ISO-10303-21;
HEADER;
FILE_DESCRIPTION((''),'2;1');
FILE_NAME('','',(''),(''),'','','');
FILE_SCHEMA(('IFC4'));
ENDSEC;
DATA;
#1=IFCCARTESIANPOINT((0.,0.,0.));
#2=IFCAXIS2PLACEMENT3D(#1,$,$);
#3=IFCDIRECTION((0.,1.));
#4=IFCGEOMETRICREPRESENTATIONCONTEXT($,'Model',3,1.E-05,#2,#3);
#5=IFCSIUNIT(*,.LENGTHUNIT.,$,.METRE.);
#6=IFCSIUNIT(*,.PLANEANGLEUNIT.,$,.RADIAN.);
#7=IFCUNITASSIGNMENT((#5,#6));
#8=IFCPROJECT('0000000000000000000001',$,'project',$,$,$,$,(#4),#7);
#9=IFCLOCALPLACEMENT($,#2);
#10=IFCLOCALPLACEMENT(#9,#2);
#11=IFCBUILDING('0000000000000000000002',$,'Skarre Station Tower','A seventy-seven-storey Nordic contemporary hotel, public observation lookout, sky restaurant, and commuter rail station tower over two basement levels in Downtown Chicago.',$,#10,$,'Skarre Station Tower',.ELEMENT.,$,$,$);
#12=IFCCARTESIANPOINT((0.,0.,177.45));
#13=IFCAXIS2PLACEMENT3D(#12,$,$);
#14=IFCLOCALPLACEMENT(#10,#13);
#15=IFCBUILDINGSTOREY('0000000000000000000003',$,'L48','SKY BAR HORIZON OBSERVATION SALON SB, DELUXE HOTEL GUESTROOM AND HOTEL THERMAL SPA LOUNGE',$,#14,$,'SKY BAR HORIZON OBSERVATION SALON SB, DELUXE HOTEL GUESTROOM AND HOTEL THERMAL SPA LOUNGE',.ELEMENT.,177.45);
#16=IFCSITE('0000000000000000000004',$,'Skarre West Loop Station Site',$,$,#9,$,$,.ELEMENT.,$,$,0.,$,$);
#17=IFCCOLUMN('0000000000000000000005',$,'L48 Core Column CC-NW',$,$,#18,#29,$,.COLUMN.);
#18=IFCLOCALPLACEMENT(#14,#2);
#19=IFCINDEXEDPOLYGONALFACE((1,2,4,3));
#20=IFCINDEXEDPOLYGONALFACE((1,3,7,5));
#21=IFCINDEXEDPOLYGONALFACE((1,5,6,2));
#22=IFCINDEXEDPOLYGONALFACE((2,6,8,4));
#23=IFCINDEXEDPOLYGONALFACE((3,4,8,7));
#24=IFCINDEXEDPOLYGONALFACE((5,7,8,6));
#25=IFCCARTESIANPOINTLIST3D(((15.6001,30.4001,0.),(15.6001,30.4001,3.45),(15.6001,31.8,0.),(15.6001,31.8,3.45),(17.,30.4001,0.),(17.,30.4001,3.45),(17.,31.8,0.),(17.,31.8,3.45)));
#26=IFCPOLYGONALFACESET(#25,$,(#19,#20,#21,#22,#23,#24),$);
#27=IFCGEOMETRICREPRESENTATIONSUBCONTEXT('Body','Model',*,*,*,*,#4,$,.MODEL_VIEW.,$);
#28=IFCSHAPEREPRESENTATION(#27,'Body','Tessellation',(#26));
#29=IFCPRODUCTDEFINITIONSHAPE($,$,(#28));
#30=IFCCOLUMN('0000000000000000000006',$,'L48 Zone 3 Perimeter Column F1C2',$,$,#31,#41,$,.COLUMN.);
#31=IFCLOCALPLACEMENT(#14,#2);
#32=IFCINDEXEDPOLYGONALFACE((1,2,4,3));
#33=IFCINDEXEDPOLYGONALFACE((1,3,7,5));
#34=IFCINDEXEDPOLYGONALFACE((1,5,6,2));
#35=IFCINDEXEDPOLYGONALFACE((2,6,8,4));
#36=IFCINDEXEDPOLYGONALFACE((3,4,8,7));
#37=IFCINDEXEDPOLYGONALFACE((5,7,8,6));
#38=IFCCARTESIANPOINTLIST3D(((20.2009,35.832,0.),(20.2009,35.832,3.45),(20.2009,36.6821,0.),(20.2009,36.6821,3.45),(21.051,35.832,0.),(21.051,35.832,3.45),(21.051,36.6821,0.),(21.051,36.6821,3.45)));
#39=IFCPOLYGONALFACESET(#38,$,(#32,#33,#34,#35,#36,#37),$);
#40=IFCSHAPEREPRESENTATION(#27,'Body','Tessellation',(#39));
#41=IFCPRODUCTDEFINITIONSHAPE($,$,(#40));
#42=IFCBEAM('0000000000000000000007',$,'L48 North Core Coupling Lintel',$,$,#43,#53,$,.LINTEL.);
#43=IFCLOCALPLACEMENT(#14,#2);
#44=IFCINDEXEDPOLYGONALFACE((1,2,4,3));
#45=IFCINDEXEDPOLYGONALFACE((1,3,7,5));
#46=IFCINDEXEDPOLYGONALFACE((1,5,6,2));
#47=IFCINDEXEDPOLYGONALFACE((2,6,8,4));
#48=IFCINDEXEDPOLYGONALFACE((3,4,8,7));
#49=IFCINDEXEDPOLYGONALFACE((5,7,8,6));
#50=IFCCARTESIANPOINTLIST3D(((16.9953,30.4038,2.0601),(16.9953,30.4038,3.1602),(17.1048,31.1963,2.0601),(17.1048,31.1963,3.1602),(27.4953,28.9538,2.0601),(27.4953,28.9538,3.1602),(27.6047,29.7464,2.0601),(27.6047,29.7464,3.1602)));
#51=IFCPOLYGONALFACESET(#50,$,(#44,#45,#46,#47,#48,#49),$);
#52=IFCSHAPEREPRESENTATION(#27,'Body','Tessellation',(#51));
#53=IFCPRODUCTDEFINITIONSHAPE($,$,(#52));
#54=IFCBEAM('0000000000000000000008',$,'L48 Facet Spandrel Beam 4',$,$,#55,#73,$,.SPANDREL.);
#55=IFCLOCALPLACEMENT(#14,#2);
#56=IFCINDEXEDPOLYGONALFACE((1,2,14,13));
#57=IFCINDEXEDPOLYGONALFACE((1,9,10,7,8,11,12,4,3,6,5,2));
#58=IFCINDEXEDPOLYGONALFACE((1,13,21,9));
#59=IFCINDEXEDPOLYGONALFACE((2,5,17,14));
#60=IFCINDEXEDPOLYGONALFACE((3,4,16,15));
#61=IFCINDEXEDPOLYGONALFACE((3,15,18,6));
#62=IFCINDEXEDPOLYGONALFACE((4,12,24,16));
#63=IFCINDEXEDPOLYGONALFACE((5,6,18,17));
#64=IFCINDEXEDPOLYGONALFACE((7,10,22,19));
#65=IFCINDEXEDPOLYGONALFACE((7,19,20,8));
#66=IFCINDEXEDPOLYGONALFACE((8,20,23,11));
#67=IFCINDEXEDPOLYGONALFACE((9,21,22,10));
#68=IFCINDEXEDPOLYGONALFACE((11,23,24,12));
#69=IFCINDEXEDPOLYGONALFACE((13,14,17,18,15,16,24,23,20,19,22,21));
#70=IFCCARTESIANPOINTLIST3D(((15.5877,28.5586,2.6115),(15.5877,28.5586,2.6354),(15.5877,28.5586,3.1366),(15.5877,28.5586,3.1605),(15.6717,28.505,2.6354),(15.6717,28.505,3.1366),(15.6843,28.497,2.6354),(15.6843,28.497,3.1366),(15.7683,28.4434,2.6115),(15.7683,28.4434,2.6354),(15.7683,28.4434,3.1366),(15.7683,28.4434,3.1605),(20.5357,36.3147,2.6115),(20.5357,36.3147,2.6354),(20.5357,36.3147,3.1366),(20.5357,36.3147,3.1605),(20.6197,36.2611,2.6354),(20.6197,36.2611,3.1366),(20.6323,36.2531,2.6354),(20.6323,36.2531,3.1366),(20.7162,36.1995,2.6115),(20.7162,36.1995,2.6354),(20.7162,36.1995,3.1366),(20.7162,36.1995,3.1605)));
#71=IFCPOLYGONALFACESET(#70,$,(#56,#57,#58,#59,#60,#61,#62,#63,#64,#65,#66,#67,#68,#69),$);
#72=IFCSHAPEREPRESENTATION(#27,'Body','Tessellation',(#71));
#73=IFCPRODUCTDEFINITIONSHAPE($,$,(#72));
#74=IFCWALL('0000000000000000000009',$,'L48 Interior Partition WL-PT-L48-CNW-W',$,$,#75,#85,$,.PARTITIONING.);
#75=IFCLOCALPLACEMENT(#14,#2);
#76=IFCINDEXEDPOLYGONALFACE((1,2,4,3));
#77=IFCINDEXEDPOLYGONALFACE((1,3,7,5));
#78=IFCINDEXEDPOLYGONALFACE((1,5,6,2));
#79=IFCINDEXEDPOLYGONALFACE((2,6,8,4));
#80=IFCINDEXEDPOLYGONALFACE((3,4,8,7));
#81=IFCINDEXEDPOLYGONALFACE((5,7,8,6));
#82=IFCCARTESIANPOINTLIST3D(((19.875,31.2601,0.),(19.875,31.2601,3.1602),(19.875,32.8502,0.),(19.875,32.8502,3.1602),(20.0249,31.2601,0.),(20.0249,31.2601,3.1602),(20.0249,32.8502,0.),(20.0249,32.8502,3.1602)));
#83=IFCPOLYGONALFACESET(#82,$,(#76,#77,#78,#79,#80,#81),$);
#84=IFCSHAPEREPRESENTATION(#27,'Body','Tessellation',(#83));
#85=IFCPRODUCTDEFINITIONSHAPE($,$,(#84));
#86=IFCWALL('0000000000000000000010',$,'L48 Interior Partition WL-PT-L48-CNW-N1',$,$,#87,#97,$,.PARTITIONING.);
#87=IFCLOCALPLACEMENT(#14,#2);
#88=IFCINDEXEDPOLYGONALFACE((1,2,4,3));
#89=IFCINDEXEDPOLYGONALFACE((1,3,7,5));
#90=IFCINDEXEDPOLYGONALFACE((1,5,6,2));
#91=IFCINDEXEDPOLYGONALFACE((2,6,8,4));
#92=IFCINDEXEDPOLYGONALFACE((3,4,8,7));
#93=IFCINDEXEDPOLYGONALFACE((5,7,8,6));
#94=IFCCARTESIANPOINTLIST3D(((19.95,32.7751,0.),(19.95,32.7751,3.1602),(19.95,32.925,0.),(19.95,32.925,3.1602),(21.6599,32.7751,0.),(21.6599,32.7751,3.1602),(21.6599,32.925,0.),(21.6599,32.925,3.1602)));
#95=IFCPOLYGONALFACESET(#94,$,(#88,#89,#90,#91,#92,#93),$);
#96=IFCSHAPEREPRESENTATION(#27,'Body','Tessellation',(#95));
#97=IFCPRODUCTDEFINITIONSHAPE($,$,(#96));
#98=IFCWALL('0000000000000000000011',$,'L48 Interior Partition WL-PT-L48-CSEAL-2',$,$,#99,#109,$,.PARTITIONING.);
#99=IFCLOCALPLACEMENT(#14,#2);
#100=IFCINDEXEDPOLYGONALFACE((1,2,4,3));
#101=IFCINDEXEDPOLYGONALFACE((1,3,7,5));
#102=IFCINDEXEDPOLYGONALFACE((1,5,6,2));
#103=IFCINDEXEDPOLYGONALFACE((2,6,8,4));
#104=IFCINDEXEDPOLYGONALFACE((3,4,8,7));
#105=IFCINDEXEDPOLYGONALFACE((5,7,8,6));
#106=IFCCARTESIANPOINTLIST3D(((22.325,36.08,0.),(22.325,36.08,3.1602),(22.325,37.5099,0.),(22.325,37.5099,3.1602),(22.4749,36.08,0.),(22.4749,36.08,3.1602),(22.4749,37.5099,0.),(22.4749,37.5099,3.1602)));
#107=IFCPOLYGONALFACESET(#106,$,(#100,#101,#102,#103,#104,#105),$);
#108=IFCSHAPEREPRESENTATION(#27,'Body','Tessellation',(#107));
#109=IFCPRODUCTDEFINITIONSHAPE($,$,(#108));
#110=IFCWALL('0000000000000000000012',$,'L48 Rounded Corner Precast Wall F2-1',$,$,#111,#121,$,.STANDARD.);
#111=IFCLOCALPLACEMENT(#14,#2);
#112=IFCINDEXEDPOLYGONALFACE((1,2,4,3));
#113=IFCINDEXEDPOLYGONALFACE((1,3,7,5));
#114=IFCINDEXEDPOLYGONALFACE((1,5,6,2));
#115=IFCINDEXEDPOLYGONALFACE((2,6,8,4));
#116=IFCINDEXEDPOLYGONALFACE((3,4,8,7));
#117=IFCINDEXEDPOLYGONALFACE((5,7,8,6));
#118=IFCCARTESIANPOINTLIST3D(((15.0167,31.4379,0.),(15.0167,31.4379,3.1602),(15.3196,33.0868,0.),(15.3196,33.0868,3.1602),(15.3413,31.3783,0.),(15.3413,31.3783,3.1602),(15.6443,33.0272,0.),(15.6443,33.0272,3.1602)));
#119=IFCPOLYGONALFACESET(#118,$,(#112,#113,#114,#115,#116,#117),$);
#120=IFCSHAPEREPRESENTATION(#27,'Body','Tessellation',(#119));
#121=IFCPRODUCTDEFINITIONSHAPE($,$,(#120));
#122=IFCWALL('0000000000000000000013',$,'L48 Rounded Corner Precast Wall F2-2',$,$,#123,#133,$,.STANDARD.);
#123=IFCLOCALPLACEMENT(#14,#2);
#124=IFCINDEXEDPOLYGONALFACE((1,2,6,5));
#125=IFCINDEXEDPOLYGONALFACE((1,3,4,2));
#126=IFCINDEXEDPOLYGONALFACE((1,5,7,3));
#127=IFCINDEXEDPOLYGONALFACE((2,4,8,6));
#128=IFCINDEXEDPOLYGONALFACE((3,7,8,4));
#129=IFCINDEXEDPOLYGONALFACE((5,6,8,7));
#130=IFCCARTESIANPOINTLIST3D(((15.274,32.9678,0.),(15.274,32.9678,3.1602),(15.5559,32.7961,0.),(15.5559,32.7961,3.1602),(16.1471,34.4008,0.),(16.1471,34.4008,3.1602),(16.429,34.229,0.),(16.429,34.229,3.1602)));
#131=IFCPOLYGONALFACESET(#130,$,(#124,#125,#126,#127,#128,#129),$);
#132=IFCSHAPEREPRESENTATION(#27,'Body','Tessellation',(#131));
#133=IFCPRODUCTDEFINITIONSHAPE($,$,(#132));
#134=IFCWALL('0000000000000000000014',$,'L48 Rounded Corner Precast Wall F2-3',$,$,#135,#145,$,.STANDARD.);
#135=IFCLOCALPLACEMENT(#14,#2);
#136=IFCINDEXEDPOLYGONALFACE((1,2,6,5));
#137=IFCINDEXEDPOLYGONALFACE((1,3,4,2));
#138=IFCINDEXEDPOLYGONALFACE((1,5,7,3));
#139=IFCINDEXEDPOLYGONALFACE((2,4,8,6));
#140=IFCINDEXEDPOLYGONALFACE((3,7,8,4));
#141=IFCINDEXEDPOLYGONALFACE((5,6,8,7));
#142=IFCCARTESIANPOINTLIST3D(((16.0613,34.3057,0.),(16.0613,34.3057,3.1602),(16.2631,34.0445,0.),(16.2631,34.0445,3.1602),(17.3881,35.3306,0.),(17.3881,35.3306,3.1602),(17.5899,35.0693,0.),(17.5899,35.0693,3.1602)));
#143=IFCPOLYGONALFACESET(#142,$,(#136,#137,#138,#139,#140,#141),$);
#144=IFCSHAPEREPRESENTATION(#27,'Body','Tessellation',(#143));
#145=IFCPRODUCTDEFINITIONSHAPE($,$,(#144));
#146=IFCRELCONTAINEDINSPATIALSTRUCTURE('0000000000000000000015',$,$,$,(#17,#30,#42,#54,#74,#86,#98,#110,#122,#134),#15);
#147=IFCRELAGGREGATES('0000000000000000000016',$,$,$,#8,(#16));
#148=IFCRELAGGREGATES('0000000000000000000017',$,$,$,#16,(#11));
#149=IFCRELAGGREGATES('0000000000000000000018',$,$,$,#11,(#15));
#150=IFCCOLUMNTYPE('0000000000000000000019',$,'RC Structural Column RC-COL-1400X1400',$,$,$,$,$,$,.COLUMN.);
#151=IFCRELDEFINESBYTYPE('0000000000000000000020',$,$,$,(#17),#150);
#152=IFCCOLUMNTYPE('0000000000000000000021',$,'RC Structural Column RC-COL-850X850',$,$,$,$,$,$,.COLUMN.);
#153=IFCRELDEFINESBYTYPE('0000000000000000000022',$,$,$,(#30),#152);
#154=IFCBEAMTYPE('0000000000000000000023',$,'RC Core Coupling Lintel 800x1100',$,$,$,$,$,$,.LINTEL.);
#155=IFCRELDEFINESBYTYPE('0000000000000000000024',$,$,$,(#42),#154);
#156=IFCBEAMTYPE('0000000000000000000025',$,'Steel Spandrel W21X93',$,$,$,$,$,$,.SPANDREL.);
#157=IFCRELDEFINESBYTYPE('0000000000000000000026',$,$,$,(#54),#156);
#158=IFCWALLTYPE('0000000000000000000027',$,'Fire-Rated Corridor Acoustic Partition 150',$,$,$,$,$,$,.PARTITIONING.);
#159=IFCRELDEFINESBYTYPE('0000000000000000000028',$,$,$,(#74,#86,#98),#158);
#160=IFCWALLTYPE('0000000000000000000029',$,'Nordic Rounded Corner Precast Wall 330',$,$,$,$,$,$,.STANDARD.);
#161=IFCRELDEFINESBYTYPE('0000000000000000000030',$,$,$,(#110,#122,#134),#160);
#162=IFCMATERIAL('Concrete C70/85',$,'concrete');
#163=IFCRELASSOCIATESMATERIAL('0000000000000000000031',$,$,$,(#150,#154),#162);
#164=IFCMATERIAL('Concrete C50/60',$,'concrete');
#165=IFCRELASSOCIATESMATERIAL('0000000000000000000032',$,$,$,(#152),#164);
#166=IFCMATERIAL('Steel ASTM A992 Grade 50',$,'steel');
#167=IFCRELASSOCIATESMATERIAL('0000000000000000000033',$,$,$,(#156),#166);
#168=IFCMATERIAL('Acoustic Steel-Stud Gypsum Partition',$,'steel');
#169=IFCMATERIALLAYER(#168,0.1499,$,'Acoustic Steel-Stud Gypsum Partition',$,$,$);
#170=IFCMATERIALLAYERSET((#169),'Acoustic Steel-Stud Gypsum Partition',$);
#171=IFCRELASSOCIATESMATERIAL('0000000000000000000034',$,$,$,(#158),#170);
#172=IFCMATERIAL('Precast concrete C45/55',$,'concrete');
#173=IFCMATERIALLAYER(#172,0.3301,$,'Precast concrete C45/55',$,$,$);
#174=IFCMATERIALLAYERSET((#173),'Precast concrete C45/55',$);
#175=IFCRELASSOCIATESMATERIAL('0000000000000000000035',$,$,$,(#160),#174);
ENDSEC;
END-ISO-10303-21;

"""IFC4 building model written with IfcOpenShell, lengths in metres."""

from ifc_helpers import new_model, si_unit, direction, frame, frame_2d, origin, origin_2d, place, context, subcontext, project, spatial, rectangle, i_section, extrude, material, layer, layer_set, material_profile, profile_set, type_object, element, save


model = new_model("IFC4")

# Units and contexts
model_context = context("Model", 3, precision=1e-05, world=origin(), true_north=direction((0.0, 1.0)))
body_context = subcontext(model_context, "Body", "Model", "MODEL_VIEW")
ifc_project = project(units=[si_unit("LENGTHUNIT", "METRE"), si_unit("PLANEANGLEUNIT", "RADIAN")], contexts=[model_context])

# Site, building, storey
site_placement = place(None, origin())
site = spatial("IfcSite", under=ifc_project, at=site_placement, Name="Skarre West Loop Station Site", CompositionType="ELEMENT", RefElevation=0.0)
building_placement = place(site_placement, origin())
building = spatial("IfcBuilding", under=site, at=building_placement, Name="Skarre Station Tower", Description="A seventy-seven-storey Nordic contemporary hotel, public observation lookout, sky restaurant, and commuter rail station tower over two basement levels in Downtown Chicago.", LongName="Skarre Station Tower", CompositionType="ELEMENT")
storey_placement = place(building_placement, frame((0.0, 0.0, 177.45)))
storey = spatial("IfcBuildingStorey", under=building, at=storey_placement, Name="L48", Description="SKY BAR HORIZON OBSERVATION SALON SB, DELUXE HOTEL GUESTROOM AND HOTEL THERMAL SPA LOUNGE", LongName="SKY BAR HORIZON OBSERVATION SALON SB, DELUXE HOTEL GUESTROOM AND HOTEL THERMAL SPA LOUNGE", CompositionType="ELEMENT", Elevation=177.45)

# Columns
ifc_material_1 = material(Name="Concrete C70/85", Category="concrete")
ifc_material_profile_1 = material_profile(ifc_material_1, rectangle(XDim=1.3999, YDim=1.3999, at=origin_2d()), Name="Concrete C70/85")
ifc_profile_set_1 = profile_set([ifc_material_profile_1], Name="Concrete C70/85")
column_type_1 = type_object("IfcColumnType", Name="RC Structural Column RC-COL-1400X1400", PredefinedType="COLUMN", material=ifc_profile_set_1)
column_1_placement = place(storey_placement, frame((16.3, 31.1001, 0.0), z_axis=(0.0, 0.0, 1.0), x_axis=(1.0, 0.0, 0.0)))
element("IfcColumn", 1, at=column_1_placement, inside=storey, type_object=column_type_1, Name="L48 Core Column CC-NW", PredefinedType="COLUMN", context=body_context, shape_type="SweptSolid", body=[
    extrude(rectangle(XDim=1.3999, YDim=1.3999, at=origin_2d()), origin(), (0.0, 0.0, 1.0), 3.45),
])
ifc_material_2 = material(Name="Concrete C50/60", Category="concrete")
ifc_material_profile_2 = material_profile(ifc_material_2, rectangle(XDim=0.8501, YDim=0.8501, at=origin_2d()), Name="Concrete C50/60")
ifc_profile_set_2 = profile_set([ifc_material_profile_2], Name="Concrete C50/60")
column_type_2 = type_object("IfcColumnType", Name="RC Structural Column RC-COL-850X850", PredefinedType="COLUMN", material=ifc_profile_set_2)
column_2_placement = place(storey_placement, frame((20.626, 36.2571, 0.0), z_axis=(0.0, 0.0, 1.0), x_axis=(1.0, 0.0, 0.0)))
element("IfcColumn", 2, at=column_2_placement, inside=storey, type_object=column_type_2, Name="L48 Zone 3 Perimeter Column F1C2", PredefinedType="COLUMN", context=body_context, shape_type="SweptSolid", body=[
    extrude(rectangle(XDim=0.8501, YDim=0.8501, at=origin_2d()), origin(), (0.0, 0.0, 1.0), 3.45),
])

# Beams
ifc_material_profile_3 = material_profile(ifc_material_1, rectangle(XDim=0.8, YDim=1.1001, at=origin_2d()), Name="Concrete C70/85")
ifc_profile_set_3 = profile_set([ifc_material_profile_3], Name="Concrete C70/85")
beam_type_1 = type_object("IfcBeamType", Name="RC Core Coupling Lintel 800x1100", PredefinedType="LINTEL", material=ifc_profile_set_3)
beam_1_placement = place(storey_placement, frame((17.05, 30.8, 2.6101), z_axis=(0.9906, -0.136792, 0.0), x_axis=(0.136792, 0.9906, 0.0)))
element("IfcBeam", 3, at=beam_1_placement, inside=storey, type_object=beam_type_1, Name="L48 North Core Coupling Lintel", PredefinedType="LINTEL", context=body_context, shape_type="SweptSolid", body=[
    extrude(rectangle(XDim=0.8, YDim=1.1001, at=origin_2d()), origin(), (0.0, 0.0, 1.0), 10.5996),
])
ifc_material_3 = material(Name="Steel ASTM A992 Grade 50", Category="steel")
ifc_material_profile_4 = material_profile(ifc_material_3, i_section(OverallWidth=0.2141, OverallDepth=0.5491, WebThickness=0.0149, FlangeThickness=0.0239, at=origin_2d()), Name="Steel ASTM A992 Grade 50")
ifc_profile_set_4 = profile_set([ifc_material_profile_4], Name="Steel ASTM A992 Grade 50")
beam_type_2 = type_object("IfcBeamType", Name="Steel Spandrel W21X93", PredefinedType="SPANDREL", material=ifc_profile_set_4)
beam_2_placement = place(storey_placement, frame((20.626, 36.2571, 2.886), z_axis=(-0.537826, -0.843056, 0.0), x_axis=(0.843056, -0.537826, 0.0)))
element("IfcBeam", 4, at=beam_2_placement, inside=storey, type_object=beam_type_2, Name="L48 Facet Spandrel Beam 4", PredefinedType="SPANDREL", context=body_context, shape_type="SweptSolid", body=[
    extrude(i_section(OverallWidth=0.2141, OverallDepth=0.5491, WebThickness=0.0149, FlangeThickness=0.0239, at=origin_2d()), origin(), (0.0, 0.0, 1.0), 9.2),
])

# Walls
ifc_material_4 = material(Name="Acoustic Steel-Stud Gypsum Partition", Category="steel")
ifc_layer_1 = layer(ifc_material_4, 0.1499, Name="Acoustic Steel-Stud Gypsum Partition")
ifc_layer_set_1 = layer_set([ifc_layer_1], Name="Acoustic Steel-Stud Gypsum Partition")
wall_type_1 = type_object("IfcWallType", Name="Fire-Rated Corridor Acoustic Partition 150", PredefinedType="PARTITIONING", material=ifc_layer_set_1)
wall_1_placement = place(storey_placement, frame((19.95, 32.8501, 0.0), z_axis=(0.0, 0.0, 1.0), x_axis=(0.0, -1.0, 0.0)))
element("IfcWall", 5, at=wall_1_placement, inside=storey, type_object=wall_type_1, Name="L48 Interior Partition WL-PT-L48-CNW-W", PredefinedType="PARTITIONING", context=body_context, shape_type="SweptSolid", body=[
    extrude(rectangle(XDim=1.5901, YDim=0.1499, at=frame_2d((0.7949, 0.0))), origin(), (0.0, 0.0, 1.0), 3.1602),
])
wall_2_placement = place(storey_placement, frame((21.6599, 32.8501, 0.0), z_axis=(0.0, 0.0, 1.0), x_axis=(-1.0, 0.0, 0.0)))
element("IfcWall", 6, at=wall_2_placement, inside=storey, type_object=wall_type_1, Name="L48 Interior Partition WL-PT-L48-CNW-N1", PredefinedType="PARTITIONING", context=body_context, shape_type="SweptSolid", body=[
    extrude(rectangle(XDim=1.71, YDim=0.1499, at=frame_2d((0.855, 0.0))), origin(), (0.0, 0.0, 1.0), 3.1602),
])
wall_3_placement = place(storey_placement, frame((22.3999, 36.0801, 0.0), z_axis=(0.0, 0.0, 1.0), x_axis=(0.0, 1.0, 0.0)))
element("IfcWall", 7, at=wall_3_placement, inside=storey, type_object=wall_type_1, Name="L48 Interior Partition WL-PT-L48-CSEAL-2", PredefinedType="PARTITIONING", context=body_context, shape_type="SweptSolid", body=[
    extrude(rectangle(XDim=1.4299, YDim=0.1499, at=frame_2d((0.7148, 0.0))), origin(), (0.0, 0.0, 1.0), 3.1602),
])
ifc_material_5 = material(Name="Precast concrete C45/55", Category="concrete")
ifc_layer_2 = layer(ifc_material_5, 0.3301, Name="Precast concrete C45/55")
ifc_layer_set_2 = layer_set([ifc_layer_2], Name="Precast concrete C45/55")
wall_type_2 = type_object("IfcWallType", Name="Nordic Rounded Corner Precast Wall 330", PredefinedType="STANDARD", material=ifc_layer_set_2)
wall_4_placement = place(storey_placement, frame((15.179, 31.408, 0.0), z_axis=(0.0, 0.0, 1.0), x_axis=(0.180718, 0.983535, 0.0)))
element("IfcWall", 8, at=wall_4_placement, inside=storey, type_object=wall_type_2, Name="L48 Rounded Corner Precast Wall F2-1", PredefinedType="STANDARD", context=body_context, shape_type="SweptSolid", body=[
    extrude(rectangle(XDim=1.6765, YDim=0.3301, at=frame_2d((0.8384, 0.0))), origin(), (0.0, 0.0, 1.0), 3.1602),
])
wall_5_placement = place(storey_placement, frame((15.415, 32.8821, 0.0), z_axis=(0.0, 0.0, 1.0), x_axis=(0.520325, 0.853968, 0.0)))
element("IfcWall", 9, at=wall_5_placement, inside=storey, type_object=wall_type_2, Name="L48 Rounded Corner Precast Wall F2-2", PredefinedType="STANDARD", context=body_context, shape_type="SweptSolid", body=[
    extrude(rectangle(XDim=1.678, YDim=0.3301, at=frame_2d((0.8389, 0.0))), origin(), (0.0, 0.0, 1.0), 3.1602),
])
wall_6_placement = place(storey_placement, frame((16.1621, 34.175, 0.0), z_axis=(0.0, 0.0, 1.0), x_axis=(0.79141, 0.611286, 0.0)))
element("IfcWall", 10, at=wall_6_placement, inside=storey, type_object=wall_type_2, Name="L48 Rounded Corner Precast Wall F2-3", PredefinedType="STANDARD", context=body_context, shape_type="SweptSolid", body=[
    extrude(rectangle(XDim=1.6765, YDim=0.3301, at=frame_2d((0.8384, 0.0))), origin(), (0.0, 0.0, 1.0), 3.1602),
])

save(model, "model.ifc")
